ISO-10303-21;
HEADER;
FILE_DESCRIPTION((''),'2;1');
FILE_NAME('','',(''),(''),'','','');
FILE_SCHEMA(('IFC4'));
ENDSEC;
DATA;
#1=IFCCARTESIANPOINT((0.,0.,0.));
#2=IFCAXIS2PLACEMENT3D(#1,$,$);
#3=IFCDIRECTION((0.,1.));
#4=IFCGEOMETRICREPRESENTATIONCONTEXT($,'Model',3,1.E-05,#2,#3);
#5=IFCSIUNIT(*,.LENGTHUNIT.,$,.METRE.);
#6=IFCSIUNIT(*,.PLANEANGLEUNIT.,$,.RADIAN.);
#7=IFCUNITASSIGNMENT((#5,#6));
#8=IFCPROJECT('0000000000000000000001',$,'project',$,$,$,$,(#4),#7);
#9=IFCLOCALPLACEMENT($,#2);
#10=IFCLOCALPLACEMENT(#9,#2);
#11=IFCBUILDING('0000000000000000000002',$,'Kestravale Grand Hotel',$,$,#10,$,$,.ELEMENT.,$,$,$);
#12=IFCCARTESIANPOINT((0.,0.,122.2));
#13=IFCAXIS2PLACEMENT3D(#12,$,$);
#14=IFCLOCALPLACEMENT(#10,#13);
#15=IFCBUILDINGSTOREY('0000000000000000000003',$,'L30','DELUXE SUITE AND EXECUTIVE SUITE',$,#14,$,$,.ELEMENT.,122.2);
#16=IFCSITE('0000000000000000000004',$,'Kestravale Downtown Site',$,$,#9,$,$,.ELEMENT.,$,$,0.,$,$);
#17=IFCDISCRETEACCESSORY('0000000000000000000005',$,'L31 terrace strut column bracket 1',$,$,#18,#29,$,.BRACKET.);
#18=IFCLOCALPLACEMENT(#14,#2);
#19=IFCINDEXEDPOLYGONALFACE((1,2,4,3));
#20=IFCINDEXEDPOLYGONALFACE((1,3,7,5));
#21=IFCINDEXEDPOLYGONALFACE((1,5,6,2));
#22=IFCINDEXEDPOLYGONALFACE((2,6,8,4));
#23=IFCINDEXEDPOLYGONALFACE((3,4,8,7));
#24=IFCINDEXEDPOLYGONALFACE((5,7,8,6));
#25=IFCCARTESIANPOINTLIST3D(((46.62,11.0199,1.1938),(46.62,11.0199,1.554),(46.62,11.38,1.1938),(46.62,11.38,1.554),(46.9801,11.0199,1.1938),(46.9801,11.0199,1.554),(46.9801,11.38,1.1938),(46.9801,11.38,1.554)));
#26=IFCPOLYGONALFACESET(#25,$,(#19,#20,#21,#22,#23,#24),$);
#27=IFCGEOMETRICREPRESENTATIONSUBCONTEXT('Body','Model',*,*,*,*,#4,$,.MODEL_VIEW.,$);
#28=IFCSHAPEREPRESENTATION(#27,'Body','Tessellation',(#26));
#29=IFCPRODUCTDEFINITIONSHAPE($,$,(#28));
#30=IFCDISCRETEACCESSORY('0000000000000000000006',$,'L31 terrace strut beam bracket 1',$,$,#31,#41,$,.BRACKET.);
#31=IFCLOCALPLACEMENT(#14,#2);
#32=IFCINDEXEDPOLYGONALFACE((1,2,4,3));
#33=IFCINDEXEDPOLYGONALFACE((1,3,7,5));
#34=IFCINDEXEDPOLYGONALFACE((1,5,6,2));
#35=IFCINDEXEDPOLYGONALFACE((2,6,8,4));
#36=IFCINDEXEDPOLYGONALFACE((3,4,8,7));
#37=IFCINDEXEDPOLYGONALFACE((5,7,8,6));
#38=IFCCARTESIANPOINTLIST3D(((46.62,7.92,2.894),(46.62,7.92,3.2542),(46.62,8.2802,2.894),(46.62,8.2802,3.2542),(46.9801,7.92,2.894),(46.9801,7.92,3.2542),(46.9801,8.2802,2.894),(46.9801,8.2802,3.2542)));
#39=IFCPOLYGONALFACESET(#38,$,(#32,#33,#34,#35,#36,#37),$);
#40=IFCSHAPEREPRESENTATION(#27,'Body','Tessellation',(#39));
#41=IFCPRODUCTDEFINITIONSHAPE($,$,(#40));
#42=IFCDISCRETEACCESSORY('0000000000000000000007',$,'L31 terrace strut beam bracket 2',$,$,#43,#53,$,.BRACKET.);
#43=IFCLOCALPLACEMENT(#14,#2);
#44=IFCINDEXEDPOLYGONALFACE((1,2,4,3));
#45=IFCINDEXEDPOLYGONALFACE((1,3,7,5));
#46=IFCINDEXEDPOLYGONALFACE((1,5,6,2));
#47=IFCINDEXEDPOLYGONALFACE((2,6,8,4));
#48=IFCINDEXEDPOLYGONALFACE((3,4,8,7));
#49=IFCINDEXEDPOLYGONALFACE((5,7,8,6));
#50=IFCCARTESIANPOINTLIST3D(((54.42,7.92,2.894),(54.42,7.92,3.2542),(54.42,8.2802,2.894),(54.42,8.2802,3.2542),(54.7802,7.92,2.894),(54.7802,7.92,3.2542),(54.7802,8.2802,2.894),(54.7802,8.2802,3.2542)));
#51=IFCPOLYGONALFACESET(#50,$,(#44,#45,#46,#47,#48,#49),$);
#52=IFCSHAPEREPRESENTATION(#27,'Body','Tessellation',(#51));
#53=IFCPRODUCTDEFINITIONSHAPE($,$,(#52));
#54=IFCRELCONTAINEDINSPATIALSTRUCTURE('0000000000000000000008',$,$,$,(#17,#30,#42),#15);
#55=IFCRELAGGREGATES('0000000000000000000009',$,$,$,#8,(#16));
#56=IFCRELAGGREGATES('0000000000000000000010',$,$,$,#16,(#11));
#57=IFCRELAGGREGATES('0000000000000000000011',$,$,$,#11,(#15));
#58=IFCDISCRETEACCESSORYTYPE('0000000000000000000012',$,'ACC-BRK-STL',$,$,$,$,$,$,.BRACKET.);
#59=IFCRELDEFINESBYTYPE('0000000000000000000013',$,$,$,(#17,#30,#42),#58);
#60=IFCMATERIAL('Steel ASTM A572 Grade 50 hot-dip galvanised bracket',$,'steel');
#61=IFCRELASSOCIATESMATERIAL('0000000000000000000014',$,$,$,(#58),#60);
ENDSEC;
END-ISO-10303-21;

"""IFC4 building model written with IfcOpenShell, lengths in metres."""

from ifc_helpers import new_model, si_unit, direction, frame, origin, origin_2d, place, context, subcontext, project, spatial, rectangle, extrude, material, type_object, element, save


model = new_model("IFC4")

# Units and contexts
model_context = context("Model", 3, precision=1e-05, world=origin(), true_north=direction((0.0, 1.0)))
body_context = subcontext(model_context, "Body", "Model", "MODEL_VIEW")
ifc_project = project(units=[si_unit("LENGTHUNIT", "METRE"), si_unit("PLANEANGLEUNIT", "RADIAN")], contexts=[model_context])

# Site, building, storey
site_placement = place(None, origin())
site = spatial("IfcSite", under=ifc_project, at=site_placement, Name="Kestravale Downtown Site", CompositionType="ELEMENT", RefElevation=0.0)
building_placement = place(site_placement, origin())
building = spatial("IfcBuilding", under=site, at=building_placement, Name="Kestravale Grand Hotel", CompositionType="ELEMENT")
storey_placement = place(building_placement, frame((0.0, 0.0, 122.2)))
storey = spatial("IfcBuildingStorey", under=building, at=storey_placement, Name="L30", Description="DELUXE SUITE AND EXECUTIVE SUITE", CompositionType="ELEMENT", Elevation=122.2)

# Discrete accessories
ifc_material_1 = material(Name="Steel ASTM A572 Grade 50 hot-dip galvanised bracket", Category="steel")
discrete_accessory_type = type_object("IfcDiscreteAccessoryType", Name="ACC-BRK-STL", PredefinedType="BRACKET", material=ifc_material_1)
for number, where, z_axis, x_axis, name in (
    (1, (46.8, 11.2, 1.1938), (0.0, 0.0, 1.0), (1.0, 0.0, 0.0), "L31 terrace strut column bracket 1"),
    (2, (46.8, 8.1001, 2.894), (0.0, 0.0, 1.0), (1.0, 0.0, 0.0), "L31 terrace strut beam bracket 1"),
    (3, (54.6001, 8.1001, 2.894), (0.0, 0.0, 1.0), (1.0, 0.0, 0.0), "L31 terrace strut beam bracket 2"),
):
    element("IfcDiscreteAccessory", number, at=place(storey_placement, frame(where, z_axis=z_axis, x_axis=x_axis)), inside=storey, type_object=discrete_accessory_type, Name=name, PredefinedType="BRACKET", context=body_context, shape_type="SweptSolid", body=[
        extrude(rectangle(XDim=0.3601, YDim=0.3601, at=origin_2d()), origin(), (0.0, 0.0, 1.0), 0.3601),
    ])

save(model, "model.ifc")
